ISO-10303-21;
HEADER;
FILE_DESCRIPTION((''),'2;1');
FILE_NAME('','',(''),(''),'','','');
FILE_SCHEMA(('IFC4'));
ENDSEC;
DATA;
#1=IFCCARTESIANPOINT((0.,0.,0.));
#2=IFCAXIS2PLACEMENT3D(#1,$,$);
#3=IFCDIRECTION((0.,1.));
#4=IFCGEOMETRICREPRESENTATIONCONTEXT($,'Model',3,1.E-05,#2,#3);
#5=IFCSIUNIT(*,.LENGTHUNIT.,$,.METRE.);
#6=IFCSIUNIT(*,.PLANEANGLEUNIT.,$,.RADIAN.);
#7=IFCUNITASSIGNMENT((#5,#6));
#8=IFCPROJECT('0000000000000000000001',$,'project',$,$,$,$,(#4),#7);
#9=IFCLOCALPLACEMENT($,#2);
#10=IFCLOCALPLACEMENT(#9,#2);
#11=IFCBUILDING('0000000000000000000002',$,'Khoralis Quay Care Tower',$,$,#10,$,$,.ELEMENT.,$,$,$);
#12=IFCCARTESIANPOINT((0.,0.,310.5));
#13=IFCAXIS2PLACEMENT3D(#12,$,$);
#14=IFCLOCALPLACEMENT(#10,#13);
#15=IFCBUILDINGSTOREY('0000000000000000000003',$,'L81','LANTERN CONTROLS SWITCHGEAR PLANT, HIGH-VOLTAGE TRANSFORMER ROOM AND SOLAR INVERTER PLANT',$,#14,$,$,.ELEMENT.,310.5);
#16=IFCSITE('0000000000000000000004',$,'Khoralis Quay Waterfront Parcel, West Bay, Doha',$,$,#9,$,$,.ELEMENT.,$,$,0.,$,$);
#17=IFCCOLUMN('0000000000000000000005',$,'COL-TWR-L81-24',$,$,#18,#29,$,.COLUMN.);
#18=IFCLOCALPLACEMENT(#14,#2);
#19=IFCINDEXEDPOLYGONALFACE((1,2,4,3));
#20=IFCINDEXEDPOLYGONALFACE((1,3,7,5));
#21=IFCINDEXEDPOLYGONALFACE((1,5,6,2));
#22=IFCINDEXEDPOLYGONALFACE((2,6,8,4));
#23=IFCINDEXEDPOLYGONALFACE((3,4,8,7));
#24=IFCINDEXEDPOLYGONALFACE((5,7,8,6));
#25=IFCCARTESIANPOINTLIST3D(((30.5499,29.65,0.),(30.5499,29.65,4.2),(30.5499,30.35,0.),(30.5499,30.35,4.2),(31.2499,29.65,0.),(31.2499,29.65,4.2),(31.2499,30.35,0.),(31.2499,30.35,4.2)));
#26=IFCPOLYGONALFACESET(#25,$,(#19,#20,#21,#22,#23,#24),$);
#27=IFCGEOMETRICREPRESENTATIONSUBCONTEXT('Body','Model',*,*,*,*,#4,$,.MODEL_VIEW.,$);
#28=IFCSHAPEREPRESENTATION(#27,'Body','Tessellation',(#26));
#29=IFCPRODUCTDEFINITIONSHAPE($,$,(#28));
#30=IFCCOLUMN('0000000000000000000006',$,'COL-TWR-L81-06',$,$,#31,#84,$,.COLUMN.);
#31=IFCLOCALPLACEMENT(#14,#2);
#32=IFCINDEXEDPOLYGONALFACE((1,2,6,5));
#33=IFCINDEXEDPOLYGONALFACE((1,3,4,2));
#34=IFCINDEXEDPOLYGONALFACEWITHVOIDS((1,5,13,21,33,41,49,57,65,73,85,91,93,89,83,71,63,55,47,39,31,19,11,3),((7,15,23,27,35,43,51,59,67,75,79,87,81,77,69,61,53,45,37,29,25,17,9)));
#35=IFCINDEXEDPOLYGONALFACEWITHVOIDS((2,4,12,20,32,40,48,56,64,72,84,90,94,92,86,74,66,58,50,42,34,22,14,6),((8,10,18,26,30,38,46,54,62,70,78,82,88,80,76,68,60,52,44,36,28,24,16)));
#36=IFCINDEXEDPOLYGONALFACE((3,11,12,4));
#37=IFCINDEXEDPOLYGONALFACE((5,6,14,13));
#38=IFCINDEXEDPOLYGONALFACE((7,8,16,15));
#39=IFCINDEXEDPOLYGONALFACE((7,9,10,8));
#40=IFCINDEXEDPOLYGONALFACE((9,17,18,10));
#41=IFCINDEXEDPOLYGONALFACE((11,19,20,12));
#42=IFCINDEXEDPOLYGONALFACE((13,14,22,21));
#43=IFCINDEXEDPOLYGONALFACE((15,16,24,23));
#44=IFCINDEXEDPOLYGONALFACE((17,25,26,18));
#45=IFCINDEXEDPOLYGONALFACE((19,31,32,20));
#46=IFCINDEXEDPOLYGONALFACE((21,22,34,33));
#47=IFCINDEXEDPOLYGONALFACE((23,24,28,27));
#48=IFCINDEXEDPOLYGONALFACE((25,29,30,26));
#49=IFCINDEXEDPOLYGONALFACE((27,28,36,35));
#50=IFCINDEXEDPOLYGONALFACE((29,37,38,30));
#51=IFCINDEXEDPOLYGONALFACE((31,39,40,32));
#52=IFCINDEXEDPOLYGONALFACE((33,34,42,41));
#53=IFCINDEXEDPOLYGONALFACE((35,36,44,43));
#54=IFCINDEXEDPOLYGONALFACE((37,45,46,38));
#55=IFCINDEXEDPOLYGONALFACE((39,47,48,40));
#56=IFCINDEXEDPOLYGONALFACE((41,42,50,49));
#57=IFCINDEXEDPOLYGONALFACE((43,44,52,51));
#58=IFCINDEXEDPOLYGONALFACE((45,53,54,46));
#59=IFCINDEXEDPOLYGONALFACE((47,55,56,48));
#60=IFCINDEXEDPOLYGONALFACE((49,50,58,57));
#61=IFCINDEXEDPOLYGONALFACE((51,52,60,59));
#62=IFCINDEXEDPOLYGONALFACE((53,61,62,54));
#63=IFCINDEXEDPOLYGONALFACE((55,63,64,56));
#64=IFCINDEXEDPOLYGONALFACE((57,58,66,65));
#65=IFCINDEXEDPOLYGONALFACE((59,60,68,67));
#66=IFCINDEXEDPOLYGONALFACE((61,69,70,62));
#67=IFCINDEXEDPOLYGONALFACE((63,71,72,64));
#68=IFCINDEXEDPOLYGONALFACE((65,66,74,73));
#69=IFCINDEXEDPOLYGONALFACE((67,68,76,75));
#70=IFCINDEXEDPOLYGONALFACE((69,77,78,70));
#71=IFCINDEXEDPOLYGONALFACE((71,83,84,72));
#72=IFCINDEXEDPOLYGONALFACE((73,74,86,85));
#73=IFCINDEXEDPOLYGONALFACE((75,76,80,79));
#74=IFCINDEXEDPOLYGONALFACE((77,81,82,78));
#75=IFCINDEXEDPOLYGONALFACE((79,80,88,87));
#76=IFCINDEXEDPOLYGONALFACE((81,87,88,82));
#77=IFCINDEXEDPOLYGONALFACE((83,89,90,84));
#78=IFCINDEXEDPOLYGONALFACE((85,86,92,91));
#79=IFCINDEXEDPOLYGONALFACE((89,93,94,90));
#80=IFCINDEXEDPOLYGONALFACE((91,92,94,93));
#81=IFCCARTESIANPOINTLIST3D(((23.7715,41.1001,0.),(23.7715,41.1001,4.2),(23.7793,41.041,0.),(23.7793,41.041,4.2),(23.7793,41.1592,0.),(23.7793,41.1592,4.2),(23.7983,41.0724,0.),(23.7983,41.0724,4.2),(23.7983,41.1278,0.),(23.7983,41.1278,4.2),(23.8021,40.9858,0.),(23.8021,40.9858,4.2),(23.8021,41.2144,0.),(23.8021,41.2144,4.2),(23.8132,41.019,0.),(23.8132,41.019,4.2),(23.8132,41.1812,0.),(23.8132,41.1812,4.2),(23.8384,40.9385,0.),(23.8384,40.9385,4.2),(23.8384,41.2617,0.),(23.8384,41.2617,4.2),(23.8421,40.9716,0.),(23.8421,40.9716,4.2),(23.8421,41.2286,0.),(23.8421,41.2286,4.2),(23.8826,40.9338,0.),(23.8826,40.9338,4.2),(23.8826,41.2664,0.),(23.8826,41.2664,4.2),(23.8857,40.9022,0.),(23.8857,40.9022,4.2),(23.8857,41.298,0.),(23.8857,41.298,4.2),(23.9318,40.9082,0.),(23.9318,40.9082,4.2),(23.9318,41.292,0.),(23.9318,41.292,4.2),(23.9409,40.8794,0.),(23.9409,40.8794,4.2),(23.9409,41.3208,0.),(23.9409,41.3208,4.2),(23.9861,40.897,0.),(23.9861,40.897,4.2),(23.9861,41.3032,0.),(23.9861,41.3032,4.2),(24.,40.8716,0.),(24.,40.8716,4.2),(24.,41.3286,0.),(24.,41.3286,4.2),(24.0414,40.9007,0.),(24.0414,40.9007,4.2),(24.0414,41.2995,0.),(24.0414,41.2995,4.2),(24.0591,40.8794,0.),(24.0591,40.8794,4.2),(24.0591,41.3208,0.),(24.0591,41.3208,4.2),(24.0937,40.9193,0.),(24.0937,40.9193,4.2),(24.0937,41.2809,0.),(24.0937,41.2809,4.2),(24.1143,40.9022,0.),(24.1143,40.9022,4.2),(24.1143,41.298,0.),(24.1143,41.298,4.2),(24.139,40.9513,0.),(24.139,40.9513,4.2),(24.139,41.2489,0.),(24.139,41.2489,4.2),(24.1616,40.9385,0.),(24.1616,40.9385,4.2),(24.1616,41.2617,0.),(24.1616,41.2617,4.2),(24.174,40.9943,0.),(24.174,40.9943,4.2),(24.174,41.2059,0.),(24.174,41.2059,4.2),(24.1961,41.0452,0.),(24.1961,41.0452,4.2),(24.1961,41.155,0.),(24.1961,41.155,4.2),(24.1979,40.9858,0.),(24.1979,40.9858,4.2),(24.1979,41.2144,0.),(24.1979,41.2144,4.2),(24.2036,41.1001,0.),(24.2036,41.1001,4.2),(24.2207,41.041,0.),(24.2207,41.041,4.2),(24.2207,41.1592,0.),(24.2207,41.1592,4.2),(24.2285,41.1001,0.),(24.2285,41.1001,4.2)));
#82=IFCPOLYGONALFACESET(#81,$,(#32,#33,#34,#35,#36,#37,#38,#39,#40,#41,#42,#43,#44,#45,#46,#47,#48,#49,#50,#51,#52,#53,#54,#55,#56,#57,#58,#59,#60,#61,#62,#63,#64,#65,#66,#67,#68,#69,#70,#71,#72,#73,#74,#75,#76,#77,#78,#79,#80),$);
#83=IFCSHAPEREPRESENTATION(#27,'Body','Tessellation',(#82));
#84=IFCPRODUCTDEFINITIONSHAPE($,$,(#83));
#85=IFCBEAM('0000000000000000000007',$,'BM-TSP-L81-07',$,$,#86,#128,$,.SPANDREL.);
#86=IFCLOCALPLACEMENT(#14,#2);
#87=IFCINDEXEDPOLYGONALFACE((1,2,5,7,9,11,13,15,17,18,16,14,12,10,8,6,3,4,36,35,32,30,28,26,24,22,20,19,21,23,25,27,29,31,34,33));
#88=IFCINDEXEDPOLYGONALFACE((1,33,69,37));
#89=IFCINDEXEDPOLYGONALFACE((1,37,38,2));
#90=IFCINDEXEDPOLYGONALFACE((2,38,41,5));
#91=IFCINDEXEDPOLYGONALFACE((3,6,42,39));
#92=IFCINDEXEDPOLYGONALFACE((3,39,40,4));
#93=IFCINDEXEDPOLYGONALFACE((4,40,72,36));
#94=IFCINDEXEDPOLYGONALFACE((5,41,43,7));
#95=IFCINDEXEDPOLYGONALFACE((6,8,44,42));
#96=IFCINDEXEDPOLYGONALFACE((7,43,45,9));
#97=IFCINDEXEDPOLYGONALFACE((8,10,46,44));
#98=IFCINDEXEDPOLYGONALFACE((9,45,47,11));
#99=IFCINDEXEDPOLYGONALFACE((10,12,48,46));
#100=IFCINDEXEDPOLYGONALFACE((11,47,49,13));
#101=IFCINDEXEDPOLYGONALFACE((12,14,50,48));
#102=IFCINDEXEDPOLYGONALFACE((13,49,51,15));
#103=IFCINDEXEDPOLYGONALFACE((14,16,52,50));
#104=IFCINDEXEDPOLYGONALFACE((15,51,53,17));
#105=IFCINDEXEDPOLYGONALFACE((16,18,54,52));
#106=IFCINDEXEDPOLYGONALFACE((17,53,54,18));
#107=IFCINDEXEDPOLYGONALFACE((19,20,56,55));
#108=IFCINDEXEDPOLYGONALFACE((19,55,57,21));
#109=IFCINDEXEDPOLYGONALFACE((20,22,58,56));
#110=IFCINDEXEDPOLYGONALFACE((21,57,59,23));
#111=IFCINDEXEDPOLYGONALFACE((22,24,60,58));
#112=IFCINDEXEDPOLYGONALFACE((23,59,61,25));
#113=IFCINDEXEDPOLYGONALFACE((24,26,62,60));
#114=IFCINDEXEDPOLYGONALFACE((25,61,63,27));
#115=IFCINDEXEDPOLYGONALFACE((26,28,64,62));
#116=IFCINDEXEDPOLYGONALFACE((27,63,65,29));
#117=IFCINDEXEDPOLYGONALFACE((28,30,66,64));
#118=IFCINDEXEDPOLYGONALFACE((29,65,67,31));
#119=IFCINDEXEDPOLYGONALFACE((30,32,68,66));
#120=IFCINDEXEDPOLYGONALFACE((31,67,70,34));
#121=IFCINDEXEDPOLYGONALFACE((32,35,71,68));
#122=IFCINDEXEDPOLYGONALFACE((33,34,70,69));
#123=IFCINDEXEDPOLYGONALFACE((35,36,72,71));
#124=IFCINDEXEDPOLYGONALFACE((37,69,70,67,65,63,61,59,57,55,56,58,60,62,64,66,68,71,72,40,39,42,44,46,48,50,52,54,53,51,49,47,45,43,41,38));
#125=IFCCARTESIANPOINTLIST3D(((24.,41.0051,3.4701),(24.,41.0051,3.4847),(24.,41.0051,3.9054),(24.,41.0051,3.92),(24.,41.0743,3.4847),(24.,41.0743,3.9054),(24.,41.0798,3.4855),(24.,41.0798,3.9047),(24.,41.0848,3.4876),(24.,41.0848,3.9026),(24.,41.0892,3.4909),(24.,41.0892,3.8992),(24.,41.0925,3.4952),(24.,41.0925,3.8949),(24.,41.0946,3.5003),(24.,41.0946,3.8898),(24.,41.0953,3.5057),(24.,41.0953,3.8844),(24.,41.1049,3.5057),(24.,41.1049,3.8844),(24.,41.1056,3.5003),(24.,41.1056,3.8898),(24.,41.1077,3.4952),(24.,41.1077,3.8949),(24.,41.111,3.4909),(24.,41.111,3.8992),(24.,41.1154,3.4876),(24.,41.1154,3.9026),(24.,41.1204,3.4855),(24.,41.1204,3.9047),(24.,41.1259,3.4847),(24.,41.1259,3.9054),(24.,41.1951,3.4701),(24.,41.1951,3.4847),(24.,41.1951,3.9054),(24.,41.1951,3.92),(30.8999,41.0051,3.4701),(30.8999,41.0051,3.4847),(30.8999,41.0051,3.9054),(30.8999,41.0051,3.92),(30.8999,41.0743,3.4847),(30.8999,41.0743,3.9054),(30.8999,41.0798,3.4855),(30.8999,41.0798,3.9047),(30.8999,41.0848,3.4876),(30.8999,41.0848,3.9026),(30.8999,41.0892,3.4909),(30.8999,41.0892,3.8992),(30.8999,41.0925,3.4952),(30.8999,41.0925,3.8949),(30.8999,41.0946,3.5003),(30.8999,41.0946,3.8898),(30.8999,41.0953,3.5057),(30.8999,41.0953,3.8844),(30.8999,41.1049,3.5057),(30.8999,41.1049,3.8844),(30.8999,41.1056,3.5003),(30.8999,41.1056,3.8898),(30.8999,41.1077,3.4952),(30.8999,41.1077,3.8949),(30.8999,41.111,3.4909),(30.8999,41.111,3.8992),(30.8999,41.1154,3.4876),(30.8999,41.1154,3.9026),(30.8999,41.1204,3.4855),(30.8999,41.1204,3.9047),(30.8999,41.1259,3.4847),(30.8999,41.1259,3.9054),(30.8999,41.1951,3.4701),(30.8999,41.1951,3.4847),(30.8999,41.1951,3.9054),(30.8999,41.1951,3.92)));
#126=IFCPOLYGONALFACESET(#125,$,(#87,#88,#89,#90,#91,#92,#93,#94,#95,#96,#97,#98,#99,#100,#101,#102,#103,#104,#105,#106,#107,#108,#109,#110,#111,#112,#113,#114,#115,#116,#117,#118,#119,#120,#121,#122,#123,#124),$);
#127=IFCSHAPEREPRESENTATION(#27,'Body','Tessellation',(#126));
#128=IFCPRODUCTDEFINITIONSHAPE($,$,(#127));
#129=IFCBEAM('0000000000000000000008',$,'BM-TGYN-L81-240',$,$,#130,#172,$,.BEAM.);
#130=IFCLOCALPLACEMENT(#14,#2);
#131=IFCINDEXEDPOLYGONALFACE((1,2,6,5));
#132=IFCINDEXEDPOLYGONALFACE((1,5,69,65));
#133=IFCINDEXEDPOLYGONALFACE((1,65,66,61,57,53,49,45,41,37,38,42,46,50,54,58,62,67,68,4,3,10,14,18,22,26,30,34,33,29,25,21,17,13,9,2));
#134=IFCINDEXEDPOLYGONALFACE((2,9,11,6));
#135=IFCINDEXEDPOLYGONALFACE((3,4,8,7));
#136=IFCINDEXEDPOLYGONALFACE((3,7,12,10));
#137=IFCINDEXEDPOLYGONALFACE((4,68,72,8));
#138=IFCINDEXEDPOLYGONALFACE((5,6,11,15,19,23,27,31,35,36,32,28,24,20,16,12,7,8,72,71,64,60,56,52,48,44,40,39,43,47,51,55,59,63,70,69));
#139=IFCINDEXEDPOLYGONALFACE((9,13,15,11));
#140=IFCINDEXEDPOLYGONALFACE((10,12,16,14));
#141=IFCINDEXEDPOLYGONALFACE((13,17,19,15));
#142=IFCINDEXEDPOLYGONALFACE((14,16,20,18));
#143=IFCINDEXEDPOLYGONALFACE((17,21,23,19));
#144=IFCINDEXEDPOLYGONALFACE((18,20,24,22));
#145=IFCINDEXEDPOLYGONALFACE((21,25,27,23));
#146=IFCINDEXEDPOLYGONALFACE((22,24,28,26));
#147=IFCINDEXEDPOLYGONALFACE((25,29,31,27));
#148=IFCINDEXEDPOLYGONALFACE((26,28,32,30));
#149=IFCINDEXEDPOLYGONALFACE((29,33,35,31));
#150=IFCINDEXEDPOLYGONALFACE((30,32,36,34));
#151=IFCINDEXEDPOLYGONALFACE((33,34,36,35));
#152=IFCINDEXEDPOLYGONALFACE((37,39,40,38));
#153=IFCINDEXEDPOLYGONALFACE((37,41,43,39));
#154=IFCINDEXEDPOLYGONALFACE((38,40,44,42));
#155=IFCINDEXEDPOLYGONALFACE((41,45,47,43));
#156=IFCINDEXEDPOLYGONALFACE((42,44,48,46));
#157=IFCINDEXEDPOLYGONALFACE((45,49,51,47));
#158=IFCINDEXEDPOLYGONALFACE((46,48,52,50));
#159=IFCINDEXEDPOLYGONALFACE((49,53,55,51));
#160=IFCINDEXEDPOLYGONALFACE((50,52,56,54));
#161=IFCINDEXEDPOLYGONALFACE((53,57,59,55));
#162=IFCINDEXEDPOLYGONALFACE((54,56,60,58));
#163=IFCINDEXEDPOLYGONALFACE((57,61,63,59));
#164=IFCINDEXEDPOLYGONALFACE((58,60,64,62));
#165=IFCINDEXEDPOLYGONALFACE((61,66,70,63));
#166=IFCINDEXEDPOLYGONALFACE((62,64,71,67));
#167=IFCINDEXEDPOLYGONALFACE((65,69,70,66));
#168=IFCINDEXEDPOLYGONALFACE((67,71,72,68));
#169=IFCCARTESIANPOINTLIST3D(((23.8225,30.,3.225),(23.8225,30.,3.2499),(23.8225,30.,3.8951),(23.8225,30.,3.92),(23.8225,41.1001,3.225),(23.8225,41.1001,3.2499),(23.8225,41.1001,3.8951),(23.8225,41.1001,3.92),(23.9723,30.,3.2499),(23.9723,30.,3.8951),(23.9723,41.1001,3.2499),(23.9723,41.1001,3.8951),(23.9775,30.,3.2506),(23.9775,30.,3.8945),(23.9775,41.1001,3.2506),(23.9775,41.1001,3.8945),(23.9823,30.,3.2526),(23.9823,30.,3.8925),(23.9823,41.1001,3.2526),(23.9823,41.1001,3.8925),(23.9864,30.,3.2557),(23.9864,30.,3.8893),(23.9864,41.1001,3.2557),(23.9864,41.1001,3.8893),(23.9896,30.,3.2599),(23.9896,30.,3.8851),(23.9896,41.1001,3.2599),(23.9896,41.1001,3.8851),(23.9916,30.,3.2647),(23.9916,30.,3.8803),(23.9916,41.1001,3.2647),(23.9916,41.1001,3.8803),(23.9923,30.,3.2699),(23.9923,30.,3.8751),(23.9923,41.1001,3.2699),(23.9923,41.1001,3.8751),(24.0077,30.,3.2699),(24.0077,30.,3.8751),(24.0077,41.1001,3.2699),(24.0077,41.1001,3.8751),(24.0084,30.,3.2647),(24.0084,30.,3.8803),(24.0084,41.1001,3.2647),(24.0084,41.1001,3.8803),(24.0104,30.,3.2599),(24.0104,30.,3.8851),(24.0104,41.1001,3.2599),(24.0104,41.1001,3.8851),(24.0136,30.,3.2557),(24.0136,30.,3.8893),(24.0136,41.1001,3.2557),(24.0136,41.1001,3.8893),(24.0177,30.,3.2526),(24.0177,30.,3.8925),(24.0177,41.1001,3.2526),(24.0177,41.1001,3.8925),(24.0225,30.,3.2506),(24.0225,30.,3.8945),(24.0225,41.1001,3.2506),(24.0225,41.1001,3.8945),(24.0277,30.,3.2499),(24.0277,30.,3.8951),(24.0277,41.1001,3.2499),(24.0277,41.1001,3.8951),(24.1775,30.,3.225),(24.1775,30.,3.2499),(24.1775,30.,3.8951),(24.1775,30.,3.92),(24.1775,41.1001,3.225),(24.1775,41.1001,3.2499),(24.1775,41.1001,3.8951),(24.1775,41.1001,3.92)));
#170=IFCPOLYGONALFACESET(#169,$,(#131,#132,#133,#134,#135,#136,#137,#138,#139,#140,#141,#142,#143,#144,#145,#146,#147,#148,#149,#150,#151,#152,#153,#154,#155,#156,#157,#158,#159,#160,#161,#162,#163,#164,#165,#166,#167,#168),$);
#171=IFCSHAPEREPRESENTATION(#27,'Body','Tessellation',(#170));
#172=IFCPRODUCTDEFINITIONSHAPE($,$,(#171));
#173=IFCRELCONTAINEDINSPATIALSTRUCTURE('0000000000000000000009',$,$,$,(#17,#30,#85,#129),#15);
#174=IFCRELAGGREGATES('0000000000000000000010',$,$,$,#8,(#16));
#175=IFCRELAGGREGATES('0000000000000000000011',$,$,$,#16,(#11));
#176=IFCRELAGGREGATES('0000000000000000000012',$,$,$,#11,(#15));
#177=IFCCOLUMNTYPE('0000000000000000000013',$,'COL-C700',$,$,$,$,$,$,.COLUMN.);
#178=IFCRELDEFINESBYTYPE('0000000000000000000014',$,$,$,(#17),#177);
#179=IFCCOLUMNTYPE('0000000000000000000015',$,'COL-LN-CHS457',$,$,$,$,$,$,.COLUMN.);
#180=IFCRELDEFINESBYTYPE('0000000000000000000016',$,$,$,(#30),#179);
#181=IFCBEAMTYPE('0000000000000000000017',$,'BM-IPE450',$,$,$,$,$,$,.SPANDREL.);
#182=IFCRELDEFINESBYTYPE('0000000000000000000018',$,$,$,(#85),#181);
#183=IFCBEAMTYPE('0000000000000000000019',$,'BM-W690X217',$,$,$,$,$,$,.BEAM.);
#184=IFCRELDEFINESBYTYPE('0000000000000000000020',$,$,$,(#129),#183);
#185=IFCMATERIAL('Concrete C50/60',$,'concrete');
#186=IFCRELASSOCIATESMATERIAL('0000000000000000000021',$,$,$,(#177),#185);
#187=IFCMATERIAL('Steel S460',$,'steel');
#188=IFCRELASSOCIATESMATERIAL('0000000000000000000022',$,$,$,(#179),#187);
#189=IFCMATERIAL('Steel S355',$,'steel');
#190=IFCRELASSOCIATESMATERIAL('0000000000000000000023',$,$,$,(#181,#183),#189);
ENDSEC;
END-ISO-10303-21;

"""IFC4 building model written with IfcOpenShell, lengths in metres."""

from ifc_helpers import new_model, si_unit, direction, frame, origin, origin_2d, place, context, subcontext, project, spatial, rectangle, hollow_circle, i_section, extrude, source, transform, mapped, material, material_profile, profile_set, type_object, element, save


model = new_model("IFC4")

# Units and contexts
model_context = context("Model", 3, precision=1e-05, world=origin(), true_north=direction((0.0, 1.0)))
body_context = subcontext(model_context, "Body", "Model", "MODEL_VIEW")
ifc_project = project(units=[si_unit("LENGTHUNIT", "METRE"), si_unit("PLANEANGLEUNIT", "RADIAN")], contexts=[model_context])

# Site, building, storey
site_placement = place(None, origin())
site = spatial("IfcSite", under=ifc_project, at=site_placement, Name="Khoralis Quay Waterfront Parcel, West Bay, Doha", CompositionType="ELEMENT", RefElevation=0.0)
building_placement = place(site_placement, origin())
building = spatial("IfcBuilding", under=site, at=building_placement, Name="Khoralis Quay Care Tower", CompositionType="ELEMENT")
storey_placement = place(building_placement, frame((0.0, 0.0, 310.5)))
storey = spatial("IfcBuildingStorey", under=building, at=storey_placement, Name="L81", Description="LANTERN CONTROLS SWITCHGEAR PLANT, HIGH-VOLTAGE TRANSFORMER ROOM AND SOLAR INVERTER PLANT", CompositionType="ELEMENT", Elevation=310.5)

# Columns
ifc_material_1 = material(Name="Concrete C50/60", Category="concrete")
ifc_material_profile_1 = material_profile(ifc_material_1, rectangle(XDim=0.7, YDim=0.7, at=origin_2d()), Name="Concrete C50/60")
ifc_profile_set_1 = profile_set([ifc_material_profile_1], Name="Concrete C50/60")
column_type_1 = type_object("IfcColumnType", Name="COL-C700", PredefinedType="COLUMN", material=ifc_profile_set_1)
shared_shape_1 = source(origin(), body_context, "Body", "SweptSolid", [
    extrude(rectangle(XDim=0.7, YDim=0.7, at=origin_2d()), origin(), (0.0, 0.0, 1.0), 4.2),
])
column_1_placement = place(storey_placement, frame((30.8999, 30.0, 0.0), z_axis=(0.0, 0.0, 1.0), x_axis=(1.0, 0.0, 0.0)))
element("IfcColumn", 1, at=column_1_placement, inside=storey, type_object=column_type_1, Name="COL-TWR-L81-24", PredefinedType="COLUMN", context=body_context, shape_type="MappedRepresentation", body=[
    mapped(shared_shape_1, transform((0.0, 0.0, 0.0), scale=1.0)),
])
ifc_material_2 = material(Name="Steel S460", Category="steel")
ifc_material_profile_2 = material_profile(ifc_material_2, hollow_circle(Radius=0.2285, WallThickness=0.0249, at=origin_2d()), Name="Steel S460")
ifc_profile_set_2 = profile_set([ifc_material_profile_2], Name="Steel S460")
column_type_2 = type_object("IfcColumnType", Name="COL-LN-CHS457", PredefinedType="COLUMN", material=ifc_profile_set_2)
shared_shape_2 = source(origin(), body_context, "Body", "SweptSolid", [
    extrude(hollow_circle(Radius=0.2285, WallThickness=0.0249, at=origin_2d()), origin(), (0.0, 0.0, 1.0), 4.2),
])
column_2_placement = place(storey_placement, frame((24.0, 41.1001, 0.0), z_axis=(0.0, 0.0, 1.0), x_axis=(1.0, 0.0, 0.0)))
element("IfcColumn", 2, at=column_2_placement, inside=storey, type_object=column_type_2, Name="COL-TWR-L81-06", PredefinedType="COLUMN", context=body_context, shape_type="MappedRepresentation", body=[
    mapped(shared_shape_2, transform((0.0, 0.0, 0.0), scale=1.0)),
])

# Beams
ifc_material_3 = material(Name="Steel S355", Category="steel")
ifc_material_profile_3 = material_profile(ifc_material_3, i_section(OverallWidth=0.1899, OverallDepth=0.45, WebThickness=0.0095, FlangeThickness=0.0146, FilletRadius=0.021, at=origin_2d()), Name="Steel S355")
ifc_profile_set_3 = profile_set([ifc_material_profile_3], Name="Steel S355")
beam_type_1 = type_object("IfcBeamType", Name="BM-IPE450", PredefinedType="SPANDREL", material=ifc_profile_set_3)
shared_shape_3 = source(origin(), body_context, "Body", "SweptSolid", [
    extrude(i_section(OverallWidth=0.1899, OverallDepth=0.45, WebThickness=0.0095, FlangeThickness=0.0146, FilletRadius=0.021, at=origin_2d()), origin(), (0.0, 0.0, 1.0), 6.8999),
])
beam_1_placement = place(storey_placement, frame((24.0, 41.1001, 3.6951), z_axis=(1.0, 0.0, 0.0), x_axis=(0.0, 1.0, 0.0)))
element("IfcBeam", 3, at=beam_1_placement, inside=storey, type_object=beam_type_1, Name="BM-TSP-L81-07", PredefinedType="SPANDREL", context=body_context, shape_type="MappedRepresentation", body=[
    mapped(shared_shape_3, transform((0.0, 0.0, 0.0), scale=1.0)),
])
ifc_material_profile_4 = material_profile(ifc_material_3, i_section(OverallWidth=0.355, OverallDepth=0.6951, WebThickness=0.0154, FlangeThickness=0.0249, FilletRadius=0.02, at=origin_2d()), Name="Steel S355")
ifc_profile_set_4 = profile_set([ifc_material_profile_4], Name="Steel S355")
beam_type_2 = type_object("IfcBeamType", Name="BM-W690X217", PredefinedType="BEAM", material=ifc_profile_set_4)
shared_shape_4 = source(origin(), body_context, "Body", "SweptSolid", [
    extrude(i_section(OverallWidth=0.355, OverallDepth=0.6951, WebThickness=0.0154, FlangeThickness=0.0249, FilletRadius=0.02, at=origin_2d()), origin(), (0.0, 0.0, 1.0), 11.1001),
])
for number, where, z_axis, x_axis, name in (
    (4, (24.0, 30.0, 3.5725), (0.0, 1.0, 0.0), (-1.0, 0.0, 0.0), "BM-TGYN-L81-240"),
):
    element("IfcBeam", number, at=place(storey_placement, frame(where, z_axis=z_axis, x_axis=x_axis)), inside=storey, type_object=beam_type_2, Name=name, PredefinedType="BEAM", context=body_context, shape_type="MappedRepresentation", body=[
        mapped(shared_shape_4, transform((0.0, 0.0, 0.0), scale=1.0)),
    ])

save(model, "model.ifc")
